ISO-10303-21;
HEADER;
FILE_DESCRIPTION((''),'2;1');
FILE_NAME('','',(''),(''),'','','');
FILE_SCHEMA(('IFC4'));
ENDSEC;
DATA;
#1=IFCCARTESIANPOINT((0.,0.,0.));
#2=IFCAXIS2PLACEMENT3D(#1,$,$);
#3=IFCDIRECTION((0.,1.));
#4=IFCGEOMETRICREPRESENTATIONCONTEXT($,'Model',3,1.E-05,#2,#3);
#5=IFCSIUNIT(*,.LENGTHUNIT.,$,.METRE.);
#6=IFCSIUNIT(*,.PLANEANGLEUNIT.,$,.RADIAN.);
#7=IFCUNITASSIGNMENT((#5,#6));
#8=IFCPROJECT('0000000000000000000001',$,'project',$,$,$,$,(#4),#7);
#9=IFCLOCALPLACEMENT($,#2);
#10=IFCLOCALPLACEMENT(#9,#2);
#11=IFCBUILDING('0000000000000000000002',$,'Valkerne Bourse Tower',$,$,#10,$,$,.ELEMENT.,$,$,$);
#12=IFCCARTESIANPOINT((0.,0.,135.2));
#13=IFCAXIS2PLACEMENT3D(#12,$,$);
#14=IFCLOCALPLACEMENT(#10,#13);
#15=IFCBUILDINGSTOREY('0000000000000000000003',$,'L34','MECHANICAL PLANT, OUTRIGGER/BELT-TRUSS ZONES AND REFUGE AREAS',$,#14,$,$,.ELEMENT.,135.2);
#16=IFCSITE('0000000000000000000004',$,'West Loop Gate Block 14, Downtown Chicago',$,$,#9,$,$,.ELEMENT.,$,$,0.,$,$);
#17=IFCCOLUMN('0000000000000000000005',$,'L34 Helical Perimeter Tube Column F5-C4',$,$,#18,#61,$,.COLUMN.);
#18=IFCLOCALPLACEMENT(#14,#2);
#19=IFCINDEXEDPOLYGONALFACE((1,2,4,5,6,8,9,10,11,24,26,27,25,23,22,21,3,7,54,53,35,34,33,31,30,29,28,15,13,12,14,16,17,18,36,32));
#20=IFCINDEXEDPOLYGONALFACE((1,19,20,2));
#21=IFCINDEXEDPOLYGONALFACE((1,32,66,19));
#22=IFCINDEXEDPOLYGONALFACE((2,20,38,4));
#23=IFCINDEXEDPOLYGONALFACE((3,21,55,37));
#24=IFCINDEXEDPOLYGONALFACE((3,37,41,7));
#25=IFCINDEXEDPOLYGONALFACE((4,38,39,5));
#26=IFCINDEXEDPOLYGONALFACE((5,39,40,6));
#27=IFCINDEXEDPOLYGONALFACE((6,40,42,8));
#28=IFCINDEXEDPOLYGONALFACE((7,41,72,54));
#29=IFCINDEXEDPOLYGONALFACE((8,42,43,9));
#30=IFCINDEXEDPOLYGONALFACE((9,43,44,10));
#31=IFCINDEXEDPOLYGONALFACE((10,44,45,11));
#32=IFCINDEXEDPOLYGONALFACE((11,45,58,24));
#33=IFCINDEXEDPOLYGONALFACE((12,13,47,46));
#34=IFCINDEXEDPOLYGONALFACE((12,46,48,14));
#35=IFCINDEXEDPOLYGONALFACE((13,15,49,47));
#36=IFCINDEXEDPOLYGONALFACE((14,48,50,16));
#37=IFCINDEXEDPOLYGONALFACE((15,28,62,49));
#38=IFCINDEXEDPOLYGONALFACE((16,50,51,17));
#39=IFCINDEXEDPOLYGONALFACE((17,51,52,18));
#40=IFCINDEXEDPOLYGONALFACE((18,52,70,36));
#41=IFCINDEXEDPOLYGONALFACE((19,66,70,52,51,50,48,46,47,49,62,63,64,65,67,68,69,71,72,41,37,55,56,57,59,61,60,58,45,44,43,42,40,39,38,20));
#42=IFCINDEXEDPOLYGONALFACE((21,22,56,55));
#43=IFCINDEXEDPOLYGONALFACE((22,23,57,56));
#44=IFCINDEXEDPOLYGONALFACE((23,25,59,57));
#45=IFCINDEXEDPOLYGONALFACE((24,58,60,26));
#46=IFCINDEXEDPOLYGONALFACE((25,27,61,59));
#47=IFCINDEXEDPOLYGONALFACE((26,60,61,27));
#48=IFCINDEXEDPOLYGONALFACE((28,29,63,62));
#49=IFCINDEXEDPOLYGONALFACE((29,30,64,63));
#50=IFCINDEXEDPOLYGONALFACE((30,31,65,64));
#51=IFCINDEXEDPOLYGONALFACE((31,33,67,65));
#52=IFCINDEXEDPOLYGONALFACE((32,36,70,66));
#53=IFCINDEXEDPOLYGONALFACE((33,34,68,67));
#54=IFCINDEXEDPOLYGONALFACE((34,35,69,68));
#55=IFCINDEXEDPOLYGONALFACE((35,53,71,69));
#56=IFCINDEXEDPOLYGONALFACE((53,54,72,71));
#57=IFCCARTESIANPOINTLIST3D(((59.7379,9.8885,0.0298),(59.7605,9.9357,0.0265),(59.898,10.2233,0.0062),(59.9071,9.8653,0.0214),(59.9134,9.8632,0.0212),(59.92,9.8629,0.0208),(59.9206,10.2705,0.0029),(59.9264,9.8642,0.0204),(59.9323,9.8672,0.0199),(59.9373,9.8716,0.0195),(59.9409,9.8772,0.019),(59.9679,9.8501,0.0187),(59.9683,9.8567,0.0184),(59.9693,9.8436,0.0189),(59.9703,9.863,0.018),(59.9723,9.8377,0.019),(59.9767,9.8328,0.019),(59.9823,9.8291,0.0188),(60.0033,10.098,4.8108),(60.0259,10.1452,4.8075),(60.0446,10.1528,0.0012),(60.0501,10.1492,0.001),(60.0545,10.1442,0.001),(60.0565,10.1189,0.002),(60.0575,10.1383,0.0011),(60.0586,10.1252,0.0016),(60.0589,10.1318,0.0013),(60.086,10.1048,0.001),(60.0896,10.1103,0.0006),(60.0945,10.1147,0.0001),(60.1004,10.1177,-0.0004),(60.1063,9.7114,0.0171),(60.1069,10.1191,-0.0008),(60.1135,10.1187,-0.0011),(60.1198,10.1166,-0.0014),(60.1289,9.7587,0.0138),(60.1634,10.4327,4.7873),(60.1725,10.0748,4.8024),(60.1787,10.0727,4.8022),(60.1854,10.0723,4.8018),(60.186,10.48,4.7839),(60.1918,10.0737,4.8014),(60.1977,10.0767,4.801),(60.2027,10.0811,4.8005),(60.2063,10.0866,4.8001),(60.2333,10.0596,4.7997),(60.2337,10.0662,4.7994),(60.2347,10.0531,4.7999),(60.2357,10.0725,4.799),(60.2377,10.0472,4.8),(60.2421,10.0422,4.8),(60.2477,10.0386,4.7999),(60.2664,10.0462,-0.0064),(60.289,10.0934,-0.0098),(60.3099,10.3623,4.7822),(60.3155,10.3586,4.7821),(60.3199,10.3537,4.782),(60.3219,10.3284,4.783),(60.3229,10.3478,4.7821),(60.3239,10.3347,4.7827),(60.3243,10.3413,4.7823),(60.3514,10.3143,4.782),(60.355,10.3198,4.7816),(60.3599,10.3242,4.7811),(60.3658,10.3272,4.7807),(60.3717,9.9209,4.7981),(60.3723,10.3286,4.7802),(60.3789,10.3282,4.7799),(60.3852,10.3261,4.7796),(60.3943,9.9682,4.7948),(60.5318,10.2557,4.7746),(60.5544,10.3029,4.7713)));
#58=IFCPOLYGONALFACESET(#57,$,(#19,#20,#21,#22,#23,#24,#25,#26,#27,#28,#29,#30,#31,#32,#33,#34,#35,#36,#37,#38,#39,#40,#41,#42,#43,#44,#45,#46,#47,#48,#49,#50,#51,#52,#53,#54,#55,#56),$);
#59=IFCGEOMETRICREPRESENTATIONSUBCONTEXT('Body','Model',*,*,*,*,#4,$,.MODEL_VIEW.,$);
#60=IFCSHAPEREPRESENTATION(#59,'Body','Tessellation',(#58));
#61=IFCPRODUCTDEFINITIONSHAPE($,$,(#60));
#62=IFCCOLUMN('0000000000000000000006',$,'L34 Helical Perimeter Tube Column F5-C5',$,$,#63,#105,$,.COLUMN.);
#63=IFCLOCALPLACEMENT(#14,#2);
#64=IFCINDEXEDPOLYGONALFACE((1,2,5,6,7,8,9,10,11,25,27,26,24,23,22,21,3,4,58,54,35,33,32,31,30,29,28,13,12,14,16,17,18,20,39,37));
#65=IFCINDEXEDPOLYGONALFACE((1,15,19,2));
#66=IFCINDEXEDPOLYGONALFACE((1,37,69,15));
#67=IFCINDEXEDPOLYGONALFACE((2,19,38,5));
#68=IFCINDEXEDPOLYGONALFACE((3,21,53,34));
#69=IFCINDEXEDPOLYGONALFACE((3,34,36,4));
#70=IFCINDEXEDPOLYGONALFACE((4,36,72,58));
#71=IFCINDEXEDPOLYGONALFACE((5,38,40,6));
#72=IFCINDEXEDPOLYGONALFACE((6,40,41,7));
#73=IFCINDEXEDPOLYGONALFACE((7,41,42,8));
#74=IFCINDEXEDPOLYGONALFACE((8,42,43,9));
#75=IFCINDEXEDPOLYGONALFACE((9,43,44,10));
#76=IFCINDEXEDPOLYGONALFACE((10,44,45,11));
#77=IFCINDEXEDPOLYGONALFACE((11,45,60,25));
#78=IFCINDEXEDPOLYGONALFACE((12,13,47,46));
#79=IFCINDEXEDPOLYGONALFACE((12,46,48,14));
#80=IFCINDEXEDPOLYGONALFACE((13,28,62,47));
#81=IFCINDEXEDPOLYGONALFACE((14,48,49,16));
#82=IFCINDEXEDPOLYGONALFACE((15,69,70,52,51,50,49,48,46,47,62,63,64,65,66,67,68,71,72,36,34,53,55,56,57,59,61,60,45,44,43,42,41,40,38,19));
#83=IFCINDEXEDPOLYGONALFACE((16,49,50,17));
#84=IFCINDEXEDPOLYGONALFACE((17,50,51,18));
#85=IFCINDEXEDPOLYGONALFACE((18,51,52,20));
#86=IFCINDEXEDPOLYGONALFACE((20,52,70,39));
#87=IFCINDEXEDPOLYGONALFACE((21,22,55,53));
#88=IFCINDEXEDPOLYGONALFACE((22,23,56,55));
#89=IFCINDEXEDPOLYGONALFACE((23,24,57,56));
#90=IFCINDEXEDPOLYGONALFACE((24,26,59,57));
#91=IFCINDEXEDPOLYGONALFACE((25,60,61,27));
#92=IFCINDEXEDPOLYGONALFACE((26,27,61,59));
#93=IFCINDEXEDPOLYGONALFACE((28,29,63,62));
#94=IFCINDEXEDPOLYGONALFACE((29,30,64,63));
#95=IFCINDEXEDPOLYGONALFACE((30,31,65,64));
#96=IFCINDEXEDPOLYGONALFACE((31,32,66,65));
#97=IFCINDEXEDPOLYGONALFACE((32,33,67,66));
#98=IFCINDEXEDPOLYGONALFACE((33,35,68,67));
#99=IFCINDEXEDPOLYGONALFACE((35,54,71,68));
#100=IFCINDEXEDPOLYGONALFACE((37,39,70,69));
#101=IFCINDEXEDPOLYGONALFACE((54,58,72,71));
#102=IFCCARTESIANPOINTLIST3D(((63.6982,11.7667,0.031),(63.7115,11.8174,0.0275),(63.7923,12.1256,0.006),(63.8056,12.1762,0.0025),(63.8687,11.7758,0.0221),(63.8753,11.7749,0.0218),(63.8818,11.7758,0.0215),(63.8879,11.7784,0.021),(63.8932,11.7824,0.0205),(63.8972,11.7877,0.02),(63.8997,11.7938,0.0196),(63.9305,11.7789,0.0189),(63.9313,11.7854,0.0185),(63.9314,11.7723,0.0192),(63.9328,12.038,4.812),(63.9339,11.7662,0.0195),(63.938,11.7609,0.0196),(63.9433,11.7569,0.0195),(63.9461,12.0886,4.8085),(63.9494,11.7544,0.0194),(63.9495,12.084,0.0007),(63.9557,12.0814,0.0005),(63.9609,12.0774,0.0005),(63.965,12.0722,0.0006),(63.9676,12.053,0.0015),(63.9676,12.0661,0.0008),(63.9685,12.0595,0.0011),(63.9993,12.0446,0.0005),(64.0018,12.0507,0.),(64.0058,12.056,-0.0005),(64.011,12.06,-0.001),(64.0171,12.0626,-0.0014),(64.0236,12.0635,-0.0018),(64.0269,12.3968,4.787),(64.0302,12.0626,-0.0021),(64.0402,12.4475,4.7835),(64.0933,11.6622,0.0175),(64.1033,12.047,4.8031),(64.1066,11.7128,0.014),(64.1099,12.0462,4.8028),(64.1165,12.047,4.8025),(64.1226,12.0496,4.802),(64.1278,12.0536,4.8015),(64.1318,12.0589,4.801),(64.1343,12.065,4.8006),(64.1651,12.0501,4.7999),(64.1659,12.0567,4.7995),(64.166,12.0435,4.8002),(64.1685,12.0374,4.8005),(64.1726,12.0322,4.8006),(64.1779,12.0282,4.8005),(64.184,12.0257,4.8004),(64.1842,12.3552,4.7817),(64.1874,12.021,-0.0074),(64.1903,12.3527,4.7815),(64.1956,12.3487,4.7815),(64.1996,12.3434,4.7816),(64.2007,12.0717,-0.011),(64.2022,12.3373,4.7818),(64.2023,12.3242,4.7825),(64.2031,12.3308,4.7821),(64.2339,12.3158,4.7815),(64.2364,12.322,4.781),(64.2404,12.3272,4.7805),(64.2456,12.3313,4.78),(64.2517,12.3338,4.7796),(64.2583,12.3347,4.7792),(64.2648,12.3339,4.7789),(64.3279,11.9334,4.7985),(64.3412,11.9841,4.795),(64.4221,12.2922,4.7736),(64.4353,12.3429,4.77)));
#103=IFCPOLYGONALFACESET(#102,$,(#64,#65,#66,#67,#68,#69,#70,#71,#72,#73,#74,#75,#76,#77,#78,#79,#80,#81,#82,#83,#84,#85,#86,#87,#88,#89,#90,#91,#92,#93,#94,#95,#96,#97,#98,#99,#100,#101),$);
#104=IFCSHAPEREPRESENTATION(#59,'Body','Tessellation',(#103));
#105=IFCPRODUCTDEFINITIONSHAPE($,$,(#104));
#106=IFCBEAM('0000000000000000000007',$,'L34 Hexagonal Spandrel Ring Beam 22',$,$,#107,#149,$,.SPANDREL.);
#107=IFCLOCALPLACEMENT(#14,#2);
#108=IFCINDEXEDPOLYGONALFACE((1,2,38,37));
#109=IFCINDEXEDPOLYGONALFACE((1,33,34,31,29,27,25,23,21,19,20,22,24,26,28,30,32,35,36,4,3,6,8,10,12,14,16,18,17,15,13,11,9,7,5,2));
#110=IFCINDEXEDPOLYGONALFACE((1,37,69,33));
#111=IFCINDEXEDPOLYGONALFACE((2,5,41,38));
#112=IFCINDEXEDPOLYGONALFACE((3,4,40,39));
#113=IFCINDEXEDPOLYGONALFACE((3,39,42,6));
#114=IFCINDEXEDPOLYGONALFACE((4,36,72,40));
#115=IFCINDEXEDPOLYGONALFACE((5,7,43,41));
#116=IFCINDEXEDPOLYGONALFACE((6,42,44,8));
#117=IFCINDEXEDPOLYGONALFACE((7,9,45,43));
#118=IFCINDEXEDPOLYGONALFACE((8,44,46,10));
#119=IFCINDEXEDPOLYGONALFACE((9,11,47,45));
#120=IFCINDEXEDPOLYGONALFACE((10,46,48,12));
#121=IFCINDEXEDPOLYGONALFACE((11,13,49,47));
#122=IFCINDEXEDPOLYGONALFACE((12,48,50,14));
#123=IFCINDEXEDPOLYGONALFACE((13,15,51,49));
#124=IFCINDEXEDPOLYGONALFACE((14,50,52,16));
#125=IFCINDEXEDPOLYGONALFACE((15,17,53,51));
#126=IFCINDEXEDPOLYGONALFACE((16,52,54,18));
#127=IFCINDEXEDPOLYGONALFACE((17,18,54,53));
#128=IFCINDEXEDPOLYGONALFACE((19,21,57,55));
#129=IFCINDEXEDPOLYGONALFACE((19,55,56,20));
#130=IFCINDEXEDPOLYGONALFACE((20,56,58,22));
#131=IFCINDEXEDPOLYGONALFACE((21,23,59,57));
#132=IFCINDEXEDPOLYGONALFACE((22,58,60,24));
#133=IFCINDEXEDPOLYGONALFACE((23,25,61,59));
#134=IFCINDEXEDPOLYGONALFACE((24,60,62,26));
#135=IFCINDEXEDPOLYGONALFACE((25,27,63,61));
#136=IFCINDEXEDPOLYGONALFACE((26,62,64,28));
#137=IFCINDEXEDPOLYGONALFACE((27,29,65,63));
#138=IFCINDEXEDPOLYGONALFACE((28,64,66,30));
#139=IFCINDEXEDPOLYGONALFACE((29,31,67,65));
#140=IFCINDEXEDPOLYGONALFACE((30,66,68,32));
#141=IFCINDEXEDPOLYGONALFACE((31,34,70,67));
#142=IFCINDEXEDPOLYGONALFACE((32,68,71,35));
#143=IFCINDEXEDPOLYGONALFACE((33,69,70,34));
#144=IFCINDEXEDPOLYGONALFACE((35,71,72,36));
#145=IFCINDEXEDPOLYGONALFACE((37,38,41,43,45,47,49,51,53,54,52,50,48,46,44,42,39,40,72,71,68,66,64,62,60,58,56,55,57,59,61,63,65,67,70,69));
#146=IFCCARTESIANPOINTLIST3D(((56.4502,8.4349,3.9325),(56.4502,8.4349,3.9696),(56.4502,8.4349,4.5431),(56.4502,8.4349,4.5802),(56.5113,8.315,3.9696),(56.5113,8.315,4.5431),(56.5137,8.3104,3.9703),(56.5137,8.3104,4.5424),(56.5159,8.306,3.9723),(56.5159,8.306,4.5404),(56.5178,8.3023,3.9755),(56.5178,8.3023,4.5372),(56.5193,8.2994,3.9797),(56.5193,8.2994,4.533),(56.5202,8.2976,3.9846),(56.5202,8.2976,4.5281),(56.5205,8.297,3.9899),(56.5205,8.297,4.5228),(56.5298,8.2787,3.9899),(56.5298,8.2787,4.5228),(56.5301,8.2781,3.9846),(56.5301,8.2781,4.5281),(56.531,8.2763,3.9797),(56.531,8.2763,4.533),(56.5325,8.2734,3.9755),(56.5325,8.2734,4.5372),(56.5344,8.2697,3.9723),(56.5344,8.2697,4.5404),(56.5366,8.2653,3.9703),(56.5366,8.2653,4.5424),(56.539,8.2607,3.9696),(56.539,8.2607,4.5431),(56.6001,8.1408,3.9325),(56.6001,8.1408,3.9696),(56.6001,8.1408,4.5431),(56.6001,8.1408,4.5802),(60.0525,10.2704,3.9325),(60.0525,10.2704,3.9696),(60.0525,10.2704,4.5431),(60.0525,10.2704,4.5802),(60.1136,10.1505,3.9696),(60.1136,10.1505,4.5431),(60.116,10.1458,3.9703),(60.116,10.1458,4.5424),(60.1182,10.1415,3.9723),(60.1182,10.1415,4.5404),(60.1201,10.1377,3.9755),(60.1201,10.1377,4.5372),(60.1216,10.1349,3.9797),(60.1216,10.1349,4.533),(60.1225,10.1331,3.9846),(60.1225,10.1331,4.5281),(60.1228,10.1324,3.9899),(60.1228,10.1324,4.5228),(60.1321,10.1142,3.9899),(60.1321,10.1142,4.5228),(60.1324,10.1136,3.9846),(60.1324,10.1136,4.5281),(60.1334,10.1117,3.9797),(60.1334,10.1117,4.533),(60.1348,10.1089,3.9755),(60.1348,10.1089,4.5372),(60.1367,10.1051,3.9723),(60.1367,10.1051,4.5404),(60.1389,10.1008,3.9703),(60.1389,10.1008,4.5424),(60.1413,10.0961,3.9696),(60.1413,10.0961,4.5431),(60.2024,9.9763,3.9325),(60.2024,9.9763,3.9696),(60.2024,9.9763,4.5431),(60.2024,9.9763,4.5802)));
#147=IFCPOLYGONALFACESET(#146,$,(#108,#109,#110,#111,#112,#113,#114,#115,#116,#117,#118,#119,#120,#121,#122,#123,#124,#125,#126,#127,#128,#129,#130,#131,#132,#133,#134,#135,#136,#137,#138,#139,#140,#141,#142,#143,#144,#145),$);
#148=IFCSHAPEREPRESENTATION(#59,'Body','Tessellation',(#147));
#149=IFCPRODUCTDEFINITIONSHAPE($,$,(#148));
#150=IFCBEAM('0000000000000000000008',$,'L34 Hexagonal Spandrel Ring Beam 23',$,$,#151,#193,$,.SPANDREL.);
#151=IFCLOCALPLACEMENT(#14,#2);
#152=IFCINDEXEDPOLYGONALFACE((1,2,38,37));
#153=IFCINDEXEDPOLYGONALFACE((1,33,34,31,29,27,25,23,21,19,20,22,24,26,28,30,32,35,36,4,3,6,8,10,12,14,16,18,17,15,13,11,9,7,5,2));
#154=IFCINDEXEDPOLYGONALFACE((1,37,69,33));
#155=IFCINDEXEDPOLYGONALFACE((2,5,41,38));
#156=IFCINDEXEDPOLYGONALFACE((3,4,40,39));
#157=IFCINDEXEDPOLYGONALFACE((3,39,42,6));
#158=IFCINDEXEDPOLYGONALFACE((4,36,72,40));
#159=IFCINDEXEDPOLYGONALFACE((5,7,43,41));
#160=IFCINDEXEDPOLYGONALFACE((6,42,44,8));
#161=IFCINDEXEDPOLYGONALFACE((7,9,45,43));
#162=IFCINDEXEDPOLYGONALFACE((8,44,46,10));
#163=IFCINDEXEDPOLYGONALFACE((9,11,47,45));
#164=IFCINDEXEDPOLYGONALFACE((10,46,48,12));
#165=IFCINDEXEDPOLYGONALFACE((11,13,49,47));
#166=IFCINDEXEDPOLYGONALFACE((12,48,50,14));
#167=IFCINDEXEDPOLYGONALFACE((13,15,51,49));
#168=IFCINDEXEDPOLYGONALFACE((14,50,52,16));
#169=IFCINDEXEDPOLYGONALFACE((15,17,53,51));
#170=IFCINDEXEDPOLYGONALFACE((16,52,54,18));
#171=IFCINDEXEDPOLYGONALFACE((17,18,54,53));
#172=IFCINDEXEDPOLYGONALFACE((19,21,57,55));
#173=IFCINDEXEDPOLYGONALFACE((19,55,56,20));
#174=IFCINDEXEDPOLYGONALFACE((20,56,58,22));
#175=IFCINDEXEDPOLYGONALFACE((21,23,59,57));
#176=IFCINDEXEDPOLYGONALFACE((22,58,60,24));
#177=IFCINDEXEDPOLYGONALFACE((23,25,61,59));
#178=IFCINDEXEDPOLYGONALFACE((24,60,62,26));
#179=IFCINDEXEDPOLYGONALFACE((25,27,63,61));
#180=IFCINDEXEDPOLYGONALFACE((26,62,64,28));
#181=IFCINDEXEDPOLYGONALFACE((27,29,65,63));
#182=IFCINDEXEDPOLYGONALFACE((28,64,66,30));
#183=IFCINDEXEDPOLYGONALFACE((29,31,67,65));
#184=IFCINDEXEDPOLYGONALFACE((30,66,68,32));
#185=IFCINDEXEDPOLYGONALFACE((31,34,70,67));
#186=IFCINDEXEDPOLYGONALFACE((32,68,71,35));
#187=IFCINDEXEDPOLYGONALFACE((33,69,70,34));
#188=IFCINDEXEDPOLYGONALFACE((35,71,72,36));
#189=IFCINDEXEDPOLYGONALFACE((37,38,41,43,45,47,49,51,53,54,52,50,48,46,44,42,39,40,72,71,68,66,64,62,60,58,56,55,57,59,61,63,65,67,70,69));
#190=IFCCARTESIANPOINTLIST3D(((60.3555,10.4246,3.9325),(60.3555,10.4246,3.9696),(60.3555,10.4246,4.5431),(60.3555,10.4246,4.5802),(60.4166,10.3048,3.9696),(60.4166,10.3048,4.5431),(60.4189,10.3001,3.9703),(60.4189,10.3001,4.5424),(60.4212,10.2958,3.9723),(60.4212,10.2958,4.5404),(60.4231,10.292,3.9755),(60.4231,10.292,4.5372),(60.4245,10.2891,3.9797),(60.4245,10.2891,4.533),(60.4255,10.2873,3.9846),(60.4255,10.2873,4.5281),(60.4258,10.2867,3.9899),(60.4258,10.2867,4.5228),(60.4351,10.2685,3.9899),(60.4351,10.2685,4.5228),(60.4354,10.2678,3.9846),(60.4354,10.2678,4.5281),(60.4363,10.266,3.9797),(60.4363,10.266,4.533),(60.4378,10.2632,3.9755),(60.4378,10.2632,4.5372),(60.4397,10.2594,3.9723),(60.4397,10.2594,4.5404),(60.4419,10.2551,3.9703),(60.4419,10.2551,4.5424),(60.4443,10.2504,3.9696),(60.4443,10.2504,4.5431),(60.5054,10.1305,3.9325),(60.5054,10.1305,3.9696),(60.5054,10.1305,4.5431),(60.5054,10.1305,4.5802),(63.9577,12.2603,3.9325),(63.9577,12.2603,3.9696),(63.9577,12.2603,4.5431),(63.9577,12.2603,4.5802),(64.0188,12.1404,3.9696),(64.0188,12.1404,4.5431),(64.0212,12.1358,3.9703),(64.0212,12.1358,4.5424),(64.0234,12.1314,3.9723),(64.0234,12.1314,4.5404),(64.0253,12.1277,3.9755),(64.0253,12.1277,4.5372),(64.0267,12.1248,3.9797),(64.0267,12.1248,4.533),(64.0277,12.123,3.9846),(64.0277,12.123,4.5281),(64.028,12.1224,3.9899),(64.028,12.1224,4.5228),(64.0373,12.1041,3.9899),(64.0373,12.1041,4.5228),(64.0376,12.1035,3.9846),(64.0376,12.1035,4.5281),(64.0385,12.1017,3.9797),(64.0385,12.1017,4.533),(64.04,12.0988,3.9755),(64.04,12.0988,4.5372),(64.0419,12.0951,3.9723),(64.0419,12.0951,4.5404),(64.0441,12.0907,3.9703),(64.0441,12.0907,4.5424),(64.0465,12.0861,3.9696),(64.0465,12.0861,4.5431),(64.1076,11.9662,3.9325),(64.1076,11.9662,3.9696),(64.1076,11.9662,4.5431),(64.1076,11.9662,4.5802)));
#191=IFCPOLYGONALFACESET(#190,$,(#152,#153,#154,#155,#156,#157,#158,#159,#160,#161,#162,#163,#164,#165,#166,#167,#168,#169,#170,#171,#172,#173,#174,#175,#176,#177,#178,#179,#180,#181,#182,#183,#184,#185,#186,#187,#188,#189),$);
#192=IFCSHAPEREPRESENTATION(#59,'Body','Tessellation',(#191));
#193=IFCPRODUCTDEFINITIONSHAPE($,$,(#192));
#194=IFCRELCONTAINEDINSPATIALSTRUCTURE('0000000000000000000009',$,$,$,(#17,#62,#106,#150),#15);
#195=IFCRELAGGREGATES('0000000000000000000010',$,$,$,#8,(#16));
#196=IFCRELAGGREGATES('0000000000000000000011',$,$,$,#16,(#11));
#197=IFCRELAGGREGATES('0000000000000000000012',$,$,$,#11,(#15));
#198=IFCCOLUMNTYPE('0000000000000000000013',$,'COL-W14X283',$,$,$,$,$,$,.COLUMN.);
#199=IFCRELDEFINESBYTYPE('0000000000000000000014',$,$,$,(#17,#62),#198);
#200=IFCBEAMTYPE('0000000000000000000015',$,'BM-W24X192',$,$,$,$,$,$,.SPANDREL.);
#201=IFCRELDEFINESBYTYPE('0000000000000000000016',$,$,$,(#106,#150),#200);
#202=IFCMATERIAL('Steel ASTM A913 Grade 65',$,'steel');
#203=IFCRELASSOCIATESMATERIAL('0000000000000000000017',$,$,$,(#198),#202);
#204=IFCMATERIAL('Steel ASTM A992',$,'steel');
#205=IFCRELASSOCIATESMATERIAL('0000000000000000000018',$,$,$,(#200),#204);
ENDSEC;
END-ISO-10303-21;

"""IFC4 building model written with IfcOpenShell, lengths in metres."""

from ifc_helpers import new_model, si_unit, direction, frame, origin, origin_2d, place, context, subcontext, project, spatial, i_section, extrude, material, material_profile, profile_set, type_object, element, save


model = new_model("IFC4")

# Units and contexts
model_context = context("Model", 3, precision=1e-05, world=origin(), true_north=direction((0.0, 1.0)))
body_context = subcontext(model_context, "Body", "Model", "MODEL_VIEW")
ifc_project = project(units=[si_unit("LENGTHUNIT", "METRE"), si_unit("PLANEANGLEUNIT", "RADIAN")], contexts=[model_context])

# Site, building, storey
site_placement = place(None, origin())
site = spatial("IfcSite", under=ifc_project, at=site_placement, Name="West Loop Gate Block 14, Downtown Chicago", CompositionType="ELEMENT", RefElevation=0.0)
building_placement = place(site_placement, origin())
building = spatial("IfcBuilding", under=site, at=building_placement, Name="Valkerne Bourse Tower", CompositionType="ELEMENT")
storey_placement = place(building_placement, frame((0.0, 0.0, 135.2)))
storey = spatial("IfcBuildingStorey", under=building, at=storey_placement, Name="L34", Description="MECHANICAL PLANT, OUTRIGGER/BELT-TRUSS ZONES AND REFUGE AREAS", CompositionType="ELEMENT", Elevation=135.2)

# Columns
ifc_material_1 = material(Name="Steel ASTM A913 Grade 65", Category="steel")
ifc_material_profile_1 = material_profile(ifc_material_1, i_section(OverallWidth=0.4089, OverallDepth=0.4243, WebThickness=0.0327, FlangeThickness=0.0525, FilletRadius=0.0254, at=origin_2d()), Name="W14X283")
ifc_profile_set_1 = profile_set([ifc_material_profile_1], Name="Steel ASTM A913 Grade 65")
column_type = type_object("IfcColumnType", Name="COL-W14X283", PredefinedType="COLUMN", material=ifc_profile_set_1)
column_1_placement = place(storey_placement, frame((60.0134, 9.991, 0.01), z_axis=(0.055369, 0.043704, 0.997509), x_axis=(-0.900859, 0.433, 0.031033)))
element("IfcColumn", 1, at=column_1_placement, inside=storey, type_object=column_type, Name="L34 Helical Perimeter Tube Column F5-C4", PredefinedType="COLUMN", context=body_context, shape_type="SweptSolid", body=[
    extrude(i_section(OverallWidth=0.4089, OverallDepth=0.4243, WebThickness=0.0327, FlangeThickness=0.0525, FilletRadius=0.0254, at=origin_2d()), origin(), (0.0, 0.0, 1.0), 4.793),
])
column_2_placement = place(storey_placement, frame((63.9495, 11.9192, 0.01), z_axis=(0.048936, 0.056574, 0.997198), x_axis=(-0.966198, 0.255692, 0.032908)))
element("IfcColumn", 2, at=column_2_placement, inside=storey, type_object=column_type, Name="L34 Helical Perimeter Tube Column F5-C5", PredefinedType="COLUMN", context=body_context, shape_type="SweptSolid", body=[
    extrude(i_section(OverallWidth=0.4089, OverallDepth=0.4243, WebThickness=0.0327, FlangeThickness=0.0525, FilletRadius=0.0254, at=origin_2d()), origin(), (0.0, 0.0, 1.0), 4.7944),
])

# Beams
ifc_material_2 = material(Name="Steel ASTM A992", Category="steel")
ifc_material_profile_2 = material_profile(ifc_material_2, i_section(OverallWidth=0.3301, OverallDepth=0.6477, WebThickness=0.0205, FlangeThickness=0.0371, FilletRadius=0.0203, at=origin_2d()), Name="W24X192")
ifc_profile_set_2 = profile_set([ifc_material_profile_2], Name="Steel ASTM A992")
beam_type_1 = type_object("IfcBeamType", Name="BM-W24X192", PredefinedType="SPANDREL", material=ifc_profile_set_2)
for number, where, z_axis, x_axis, name in (
    (3, (56.5251, 8.2878, 4.2563), (0.891008, 0.453988, 0.0), (-0.453988, 0.891008, 0.0), "L34 Hexagonal Spandrel Ring Beam 22"),
    (4, (60.4304, 10.2776, 4.2563), (0.890983, 0.454036, 0.0), (-0.454036, 0.890983, 0.0), "L34 Hexagonal Spandrel Ring Beam 23"),
):
    element("IfcBeam", number, at=place(storey_placement, frame(where, z_axis=z_axis, x_axis=x_axis)), inside=storey, type_object=beam_type_1, Name=name, PredefinedType="SPANDREL", context=body_context, shape_type="SweptSolid", body=[
        extrude(i_section(OverallWidth=0.3301, OverallDepth=0.6477, WebThickness=0.0205, FlangeThickness=0.0371, FilletRadius=0.0203, at=origin_2d()), origin(), (0.0, 0.0, 1.0), 4.043),
    ])

save(model, "model.ifc")
